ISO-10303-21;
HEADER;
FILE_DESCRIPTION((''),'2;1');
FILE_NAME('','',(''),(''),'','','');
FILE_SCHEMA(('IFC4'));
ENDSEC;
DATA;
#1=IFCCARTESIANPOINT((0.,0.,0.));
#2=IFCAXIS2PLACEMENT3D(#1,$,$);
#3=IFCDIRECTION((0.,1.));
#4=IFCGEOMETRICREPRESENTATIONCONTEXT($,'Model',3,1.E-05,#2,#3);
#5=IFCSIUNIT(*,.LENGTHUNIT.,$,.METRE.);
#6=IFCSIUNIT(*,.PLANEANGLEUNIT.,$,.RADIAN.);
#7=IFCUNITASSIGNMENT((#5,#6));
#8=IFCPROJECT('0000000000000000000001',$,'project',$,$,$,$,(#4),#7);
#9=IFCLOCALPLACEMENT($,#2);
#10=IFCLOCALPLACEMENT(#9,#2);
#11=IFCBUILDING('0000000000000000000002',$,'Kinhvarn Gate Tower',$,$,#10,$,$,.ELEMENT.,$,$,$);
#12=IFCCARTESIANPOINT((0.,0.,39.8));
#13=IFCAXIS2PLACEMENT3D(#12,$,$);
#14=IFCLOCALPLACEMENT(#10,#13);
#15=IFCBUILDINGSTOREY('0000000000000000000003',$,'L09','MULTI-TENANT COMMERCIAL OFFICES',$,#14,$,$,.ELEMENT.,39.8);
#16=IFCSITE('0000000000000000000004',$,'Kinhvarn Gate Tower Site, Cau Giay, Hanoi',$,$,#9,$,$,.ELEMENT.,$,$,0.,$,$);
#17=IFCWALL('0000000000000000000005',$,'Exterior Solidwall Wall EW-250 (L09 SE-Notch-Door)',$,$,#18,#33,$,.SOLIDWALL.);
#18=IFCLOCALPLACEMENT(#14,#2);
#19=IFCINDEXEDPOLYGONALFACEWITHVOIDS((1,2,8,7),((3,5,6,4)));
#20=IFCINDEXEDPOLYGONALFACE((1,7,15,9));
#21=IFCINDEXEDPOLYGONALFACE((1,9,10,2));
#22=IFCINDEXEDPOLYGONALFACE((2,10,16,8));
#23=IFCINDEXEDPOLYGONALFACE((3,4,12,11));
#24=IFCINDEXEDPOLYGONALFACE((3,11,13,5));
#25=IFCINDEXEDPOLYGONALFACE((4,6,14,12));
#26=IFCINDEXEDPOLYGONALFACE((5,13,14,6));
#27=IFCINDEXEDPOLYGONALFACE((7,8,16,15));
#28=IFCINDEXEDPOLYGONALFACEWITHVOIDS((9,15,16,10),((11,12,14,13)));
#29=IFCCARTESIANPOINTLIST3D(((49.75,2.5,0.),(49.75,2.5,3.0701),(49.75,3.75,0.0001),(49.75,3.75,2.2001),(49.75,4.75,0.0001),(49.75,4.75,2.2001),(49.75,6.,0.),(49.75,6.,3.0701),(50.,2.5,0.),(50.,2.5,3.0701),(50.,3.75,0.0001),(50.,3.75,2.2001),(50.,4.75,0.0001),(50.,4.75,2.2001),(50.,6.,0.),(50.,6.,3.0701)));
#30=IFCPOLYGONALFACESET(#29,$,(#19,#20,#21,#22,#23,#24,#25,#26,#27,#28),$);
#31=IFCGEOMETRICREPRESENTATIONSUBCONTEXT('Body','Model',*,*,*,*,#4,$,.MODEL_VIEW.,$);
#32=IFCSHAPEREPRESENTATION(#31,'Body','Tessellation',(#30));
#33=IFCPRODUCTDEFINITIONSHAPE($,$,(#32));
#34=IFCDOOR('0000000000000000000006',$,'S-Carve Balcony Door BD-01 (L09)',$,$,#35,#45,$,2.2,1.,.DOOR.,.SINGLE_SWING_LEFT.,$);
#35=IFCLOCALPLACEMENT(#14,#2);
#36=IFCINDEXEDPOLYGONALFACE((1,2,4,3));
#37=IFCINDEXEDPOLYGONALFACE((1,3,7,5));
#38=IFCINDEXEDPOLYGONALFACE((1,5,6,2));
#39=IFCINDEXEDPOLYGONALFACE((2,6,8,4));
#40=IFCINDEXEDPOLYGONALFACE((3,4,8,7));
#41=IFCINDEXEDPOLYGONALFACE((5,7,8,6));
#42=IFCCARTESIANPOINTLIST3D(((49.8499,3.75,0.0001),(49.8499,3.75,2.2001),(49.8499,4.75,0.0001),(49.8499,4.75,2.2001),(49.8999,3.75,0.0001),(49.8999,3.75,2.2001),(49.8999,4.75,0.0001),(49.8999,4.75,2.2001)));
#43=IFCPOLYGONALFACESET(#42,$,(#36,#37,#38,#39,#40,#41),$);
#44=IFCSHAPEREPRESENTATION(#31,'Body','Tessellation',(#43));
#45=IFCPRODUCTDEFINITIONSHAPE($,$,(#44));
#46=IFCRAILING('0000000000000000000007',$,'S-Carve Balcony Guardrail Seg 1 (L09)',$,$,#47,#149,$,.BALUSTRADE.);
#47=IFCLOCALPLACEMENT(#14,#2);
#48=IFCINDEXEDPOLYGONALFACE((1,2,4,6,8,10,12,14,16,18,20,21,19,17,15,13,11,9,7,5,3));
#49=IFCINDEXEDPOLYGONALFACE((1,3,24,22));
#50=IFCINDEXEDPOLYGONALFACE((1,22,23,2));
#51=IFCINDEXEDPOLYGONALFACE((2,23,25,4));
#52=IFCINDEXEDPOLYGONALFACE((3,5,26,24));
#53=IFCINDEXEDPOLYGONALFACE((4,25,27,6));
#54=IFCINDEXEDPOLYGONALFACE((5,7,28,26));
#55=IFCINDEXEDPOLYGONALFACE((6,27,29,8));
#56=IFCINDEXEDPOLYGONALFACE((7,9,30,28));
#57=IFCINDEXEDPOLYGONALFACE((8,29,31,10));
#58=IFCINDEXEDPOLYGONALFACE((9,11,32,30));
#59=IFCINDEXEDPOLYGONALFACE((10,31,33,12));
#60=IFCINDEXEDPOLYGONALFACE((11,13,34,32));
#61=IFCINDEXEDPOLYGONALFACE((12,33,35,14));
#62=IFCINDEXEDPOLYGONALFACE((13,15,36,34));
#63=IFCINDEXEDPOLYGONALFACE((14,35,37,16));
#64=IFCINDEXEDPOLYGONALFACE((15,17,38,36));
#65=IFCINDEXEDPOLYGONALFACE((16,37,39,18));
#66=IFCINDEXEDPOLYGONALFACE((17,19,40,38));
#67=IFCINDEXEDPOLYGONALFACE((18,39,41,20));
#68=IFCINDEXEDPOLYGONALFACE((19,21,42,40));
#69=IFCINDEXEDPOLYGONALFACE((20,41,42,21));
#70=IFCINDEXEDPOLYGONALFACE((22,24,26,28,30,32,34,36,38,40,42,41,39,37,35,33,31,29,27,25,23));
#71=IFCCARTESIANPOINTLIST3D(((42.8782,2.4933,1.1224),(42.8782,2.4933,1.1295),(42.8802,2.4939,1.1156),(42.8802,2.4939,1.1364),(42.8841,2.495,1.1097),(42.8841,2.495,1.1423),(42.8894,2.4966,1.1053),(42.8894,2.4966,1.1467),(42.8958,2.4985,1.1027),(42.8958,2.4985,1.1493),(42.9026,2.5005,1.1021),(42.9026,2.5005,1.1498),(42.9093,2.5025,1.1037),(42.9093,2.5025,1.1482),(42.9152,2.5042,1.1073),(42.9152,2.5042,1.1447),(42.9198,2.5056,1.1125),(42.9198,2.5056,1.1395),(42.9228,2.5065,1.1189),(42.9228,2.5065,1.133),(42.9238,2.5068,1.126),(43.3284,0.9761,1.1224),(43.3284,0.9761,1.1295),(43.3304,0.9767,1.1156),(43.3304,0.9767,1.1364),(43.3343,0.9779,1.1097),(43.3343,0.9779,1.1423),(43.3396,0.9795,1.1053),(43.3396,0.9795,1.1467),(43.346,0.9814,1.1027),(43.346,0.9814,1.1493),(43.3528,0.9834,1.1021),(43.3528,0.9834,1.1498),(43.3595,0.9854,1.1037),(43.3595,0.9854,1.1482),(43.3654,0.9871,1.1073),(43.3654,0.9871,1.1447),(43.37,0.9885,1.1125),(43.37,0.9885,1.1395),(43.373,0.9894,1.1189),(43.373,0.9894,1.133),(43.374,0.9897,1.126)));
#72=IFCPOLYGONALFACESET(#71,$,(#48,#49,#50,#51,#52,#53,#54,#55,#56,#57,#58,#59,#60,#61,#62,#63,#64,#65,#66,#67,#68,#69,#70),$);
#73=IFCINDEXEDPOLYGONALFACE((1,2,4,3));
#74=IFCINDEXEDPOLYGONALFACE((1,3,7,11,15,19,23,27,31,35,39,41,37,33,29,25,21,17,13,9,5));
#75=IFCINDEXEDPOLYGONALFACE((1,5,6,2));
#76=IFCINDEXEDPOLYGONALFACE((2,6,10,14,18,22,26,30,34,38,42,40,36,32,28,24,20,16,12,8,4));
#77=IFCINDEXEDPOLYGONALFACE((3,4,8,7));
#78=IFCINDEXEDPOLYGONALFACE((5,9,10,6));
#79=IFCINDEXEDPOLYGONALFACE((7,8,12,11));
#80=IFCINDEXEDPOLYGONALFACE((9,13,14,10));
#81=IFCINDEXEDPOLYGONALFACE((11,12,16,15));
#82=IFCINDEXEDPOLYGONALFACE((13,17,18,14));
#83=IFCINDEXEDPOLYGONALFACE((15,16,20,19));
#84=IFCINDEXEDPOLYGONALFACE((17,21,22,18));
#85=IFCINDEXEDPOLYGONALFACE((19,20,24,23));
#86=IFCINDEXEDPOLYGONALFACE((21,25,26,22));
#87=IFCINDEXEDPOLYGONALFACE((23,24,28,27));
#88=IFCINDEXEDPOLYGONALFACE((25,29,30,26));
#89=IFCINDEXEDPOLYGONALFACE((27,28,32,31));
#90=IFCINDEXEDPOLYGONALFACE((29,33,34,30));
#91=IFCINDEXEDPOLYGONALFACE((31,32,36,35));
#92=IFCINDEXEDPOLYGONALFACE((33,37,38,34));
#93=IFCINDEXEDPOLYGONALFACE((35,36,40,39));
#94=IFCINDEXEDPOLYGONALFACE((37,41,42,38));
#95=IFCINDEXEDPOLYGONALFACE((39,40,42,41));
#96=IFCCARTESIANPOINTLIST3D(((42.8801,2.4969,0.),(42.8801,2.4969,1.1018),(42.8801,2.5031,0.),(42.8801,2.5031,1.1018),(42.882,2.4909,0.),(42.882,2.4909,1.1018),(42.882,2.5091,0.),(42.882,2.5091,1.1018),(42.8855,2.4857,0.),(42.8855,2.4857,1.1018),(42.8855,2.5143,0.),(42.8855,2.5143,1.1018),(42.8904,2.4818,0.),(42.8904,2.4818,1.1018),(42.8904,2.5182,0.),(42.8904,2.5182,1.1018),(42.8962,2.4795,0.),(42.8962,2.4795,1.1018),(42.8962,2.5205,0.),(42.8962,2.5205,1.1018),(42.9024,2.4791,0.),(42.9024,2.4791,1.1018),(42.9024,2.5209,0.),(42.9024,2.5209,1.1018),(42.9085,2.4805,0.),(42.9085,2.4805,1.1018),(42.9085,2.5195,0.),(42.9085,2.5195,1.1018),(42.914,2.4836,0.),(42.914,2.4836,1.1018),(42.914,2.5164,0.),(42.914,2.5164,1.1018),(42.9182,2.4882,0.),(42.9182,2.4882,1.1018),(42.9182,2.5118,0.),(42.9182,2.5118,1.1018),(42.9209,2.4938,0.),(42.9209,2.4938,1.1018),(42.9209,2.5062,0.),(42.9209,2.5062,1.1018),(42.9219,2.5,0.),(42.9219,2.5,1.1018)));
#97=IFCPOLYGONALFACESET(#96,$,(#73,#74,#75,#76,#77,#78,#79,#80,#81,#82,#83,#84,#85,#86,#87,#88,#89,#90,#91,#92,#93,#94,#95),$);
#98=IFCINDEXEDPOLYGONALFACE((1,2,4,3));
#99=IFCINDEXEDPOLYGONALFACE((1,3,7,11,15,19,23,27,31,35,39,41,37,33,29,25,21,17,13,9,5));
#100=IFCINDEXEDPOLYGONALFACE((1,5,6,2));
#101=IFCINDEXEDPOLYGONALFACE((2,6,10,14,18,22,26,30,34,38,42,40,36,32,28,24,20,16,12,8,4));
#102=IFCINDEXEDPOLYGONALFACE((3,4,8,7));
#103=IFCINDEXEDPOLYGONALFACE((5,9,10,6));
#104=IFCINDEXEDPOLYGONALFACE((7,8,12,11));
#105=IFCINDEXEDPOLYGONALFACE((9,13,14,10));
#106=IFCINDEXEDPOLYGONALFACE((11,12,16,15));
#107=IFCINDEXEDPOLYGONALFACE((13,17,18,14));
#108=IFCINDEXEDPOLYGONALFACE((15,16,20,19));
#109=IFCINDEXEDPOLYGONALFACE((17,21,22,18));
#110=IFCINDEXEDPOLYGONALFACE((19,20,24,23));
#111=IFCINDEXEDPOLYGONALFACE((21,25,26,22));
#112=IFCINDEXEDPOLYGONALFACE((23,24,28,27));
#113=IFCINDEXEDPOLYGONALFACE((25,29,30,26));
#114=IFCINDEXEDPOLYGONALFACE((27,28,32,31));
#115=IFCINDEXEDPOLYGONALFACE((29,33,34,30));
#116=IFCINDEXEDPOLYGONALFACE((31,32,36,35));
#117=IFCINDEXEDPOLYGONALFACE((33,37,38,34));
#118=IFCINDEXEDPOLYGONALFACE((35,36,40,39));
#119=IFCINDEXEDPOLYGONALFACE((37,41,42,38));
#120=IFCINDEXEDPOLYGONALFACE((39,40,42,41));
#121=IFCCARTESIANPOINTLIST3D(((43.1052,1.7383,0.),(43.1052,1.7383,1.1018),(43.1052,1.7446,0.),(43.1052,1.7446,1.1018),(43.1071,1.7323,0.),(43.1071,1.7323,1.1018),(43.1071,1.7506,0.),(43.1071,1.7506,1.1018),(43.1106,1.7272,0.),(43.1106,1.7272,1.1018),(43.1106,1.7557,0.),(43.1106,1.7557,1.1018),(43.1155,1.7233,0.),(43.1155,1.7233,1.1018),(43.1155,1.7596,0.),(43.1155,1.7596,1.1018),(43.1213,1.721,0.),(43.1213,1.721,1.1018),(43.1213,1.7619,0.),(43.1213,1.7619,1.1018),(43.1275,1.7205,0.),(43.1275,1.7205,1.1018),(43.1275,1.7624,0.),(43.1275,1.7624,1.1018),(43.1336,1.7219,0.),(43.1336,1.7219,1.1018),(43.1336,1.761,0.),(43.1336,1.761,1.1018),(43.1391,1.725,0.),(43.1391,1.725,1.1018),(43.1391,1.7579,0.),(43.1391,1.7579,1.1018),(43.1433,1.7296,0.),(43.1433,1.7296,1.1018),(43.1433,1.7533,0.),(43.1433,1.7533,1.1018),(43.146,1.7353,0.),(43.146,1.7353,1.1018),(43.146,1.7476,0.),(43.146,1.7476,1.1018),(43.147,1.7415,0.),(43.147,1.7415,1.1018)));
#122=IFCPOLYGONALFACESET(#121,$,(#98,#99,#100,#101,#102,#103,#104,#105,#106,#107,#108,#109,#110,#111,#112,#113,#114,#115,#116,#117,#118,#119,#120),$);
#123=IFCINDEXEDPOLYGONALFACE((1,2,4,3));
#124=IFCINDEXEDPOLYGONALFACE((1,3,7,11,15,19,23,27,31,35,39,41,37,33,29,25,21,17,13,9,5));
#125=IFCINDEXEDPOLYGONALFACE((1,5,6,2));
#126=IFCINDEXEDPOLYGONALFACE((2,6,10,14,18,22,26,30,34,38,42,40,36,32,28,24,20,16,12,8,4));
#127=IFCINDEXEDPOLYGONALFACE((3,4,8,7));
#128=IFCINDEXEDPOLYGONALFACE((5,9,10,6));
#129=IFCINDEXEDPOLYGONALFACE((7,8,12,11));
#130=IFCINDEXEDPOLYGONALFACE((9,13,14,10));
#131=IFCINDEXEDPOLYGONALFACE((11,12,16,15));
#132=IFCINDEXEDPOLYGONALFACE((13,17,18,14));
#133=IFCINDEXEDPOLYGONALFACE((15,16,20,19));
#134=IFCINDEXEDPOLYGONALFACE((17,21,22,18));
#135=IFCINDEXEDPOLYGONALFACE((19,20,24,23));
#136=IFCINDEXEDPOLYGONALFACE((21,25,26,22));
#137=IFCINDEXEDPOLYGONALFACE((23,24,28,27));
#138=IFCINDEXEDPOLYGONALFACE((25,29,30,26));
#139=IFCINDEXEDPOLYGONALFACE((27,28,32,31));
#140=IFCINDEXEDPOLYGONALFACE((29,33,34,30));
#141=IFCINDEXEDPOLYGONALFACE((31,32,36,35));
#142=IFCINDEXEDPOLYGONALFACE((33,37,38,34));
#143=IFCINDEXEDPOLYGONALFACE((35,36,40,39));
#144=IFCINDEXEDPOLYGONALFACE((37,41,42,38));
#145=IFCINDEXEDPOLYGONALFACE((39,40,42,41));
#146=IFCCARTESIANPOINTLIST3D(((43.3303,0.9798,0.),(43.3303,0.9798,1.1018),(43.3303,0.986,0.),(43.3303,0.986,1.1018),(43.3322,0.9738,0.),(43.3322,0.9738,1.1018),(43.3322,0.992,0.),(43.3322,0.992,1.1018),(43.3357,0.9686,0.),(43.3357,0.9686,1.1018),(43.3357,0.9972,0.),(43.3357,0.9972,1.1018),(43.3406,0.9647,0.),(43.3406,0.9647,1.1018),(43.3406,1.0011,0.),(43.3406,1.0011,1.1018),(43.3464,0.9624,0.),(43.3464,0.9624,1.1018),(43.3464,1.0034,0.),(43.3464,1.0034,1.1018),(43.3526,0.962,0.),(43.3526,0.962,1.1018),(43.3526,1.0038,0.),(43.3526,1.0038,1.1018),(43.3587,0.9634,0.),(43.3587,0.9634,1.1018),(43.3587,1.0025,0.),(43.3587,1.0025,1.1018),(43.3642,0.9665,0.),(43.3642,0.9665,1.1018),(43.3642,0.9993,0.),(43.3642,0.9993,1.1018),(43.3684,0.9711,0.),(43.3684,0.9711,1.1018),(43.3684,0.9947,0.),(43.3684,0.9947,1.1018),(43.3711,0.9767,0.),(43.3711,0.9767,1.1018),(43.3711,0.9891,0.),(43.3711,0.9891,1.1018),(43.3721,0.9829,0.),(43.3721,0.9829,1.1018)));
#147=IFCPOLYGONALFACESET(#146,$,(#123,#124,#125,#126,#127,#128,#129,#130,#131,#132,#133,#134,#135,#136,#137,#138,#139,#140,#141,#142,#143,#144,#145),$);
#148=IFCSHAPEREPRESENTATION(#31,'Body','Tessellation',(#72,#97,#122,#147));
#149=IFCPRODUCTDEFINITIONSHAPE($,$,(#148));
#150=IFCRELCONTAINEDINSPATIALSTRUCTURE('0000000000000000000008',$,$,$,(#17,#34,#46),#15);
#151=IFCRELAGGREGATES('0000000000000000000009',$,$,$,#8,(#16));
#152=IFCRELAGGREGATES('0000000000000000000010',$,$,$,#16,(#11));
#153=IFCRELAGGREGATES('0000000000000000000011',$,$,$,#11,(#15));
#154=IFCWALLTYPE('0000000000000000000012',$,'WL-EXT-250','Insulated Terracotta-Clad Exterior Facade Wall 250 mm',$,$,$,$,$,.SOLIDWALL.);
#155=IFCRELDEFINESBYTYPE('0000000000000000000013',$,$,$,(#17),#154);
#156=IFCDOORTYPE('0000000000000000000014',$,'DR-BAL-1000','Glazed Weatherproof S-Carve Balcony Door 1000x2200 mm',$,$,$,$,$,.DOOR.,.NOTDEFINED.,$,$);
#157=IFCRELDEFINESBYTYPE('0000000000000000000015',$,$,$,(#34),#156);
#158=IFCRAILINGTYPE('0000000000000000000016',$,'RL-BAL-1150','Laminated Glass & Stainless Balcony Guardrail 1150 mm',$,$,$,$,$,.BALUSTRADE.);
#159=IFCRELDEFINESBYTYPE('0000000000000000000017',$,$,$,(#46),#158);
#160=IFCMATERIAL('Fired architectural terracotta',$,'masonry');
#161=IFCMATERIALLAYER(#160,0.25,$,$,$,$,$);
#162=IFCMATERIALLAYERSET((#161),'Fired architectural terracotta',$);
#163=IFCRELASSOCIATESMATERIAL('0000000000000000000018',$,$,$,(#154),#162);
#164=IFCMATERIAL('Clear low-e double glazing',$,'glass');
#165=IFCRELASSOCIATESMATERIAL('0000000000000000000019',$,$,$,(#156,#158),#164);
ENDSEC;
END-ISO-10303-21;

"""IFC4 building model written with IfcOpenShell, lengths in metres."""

from ifc_helpers import new_model, si_unit, direction, frame, frame_2d, origin, origin_2d, place, context, subcontext, project, spatial, rectangle, circle, extrude, material, layer, layer_set, type_object, element, fill, save


model = new_model("IFC4")

# Units and contexts
model_context = context("Model", 3, precision=1e-05, world=origin(), true_north=direction((0.0, 1.0)))
body_context = subcontext(model_context, "Body", "Model", "MODEL_VIEW")
ifc_project = project(units=[si_unit("LENGTHUNIT", "METRE"), si_unit("PLANEANGLEUNIT", "RADIAN")], contexts=[model_context])

# Site, building, storey
site_placement = place(None, origin())
site = spatial("IfcSite", under=ifc_project, at=site_placement, Name="Kinhvarn Gate Tower Site, Cau Giay, Hanoi", CompositionType="ELEMENT", RefElevation=0.0)
building_placement = place(site_placement, origin())
building = spatial("IfcBuilding", under=site, at=building_placement, Name="Kinhvarn Gate Tower", CompositionType="ELEMENT")
storey_placement = place(building_placement, frame((0.0, 0.0, 39.8)))
storey = spatial("IfcBuildingStorey", under=building, at=storey_placement, Name="L09", Description="MULTI-TENANT COMMERCIAL OFFICES", CompositionType="ELEMENT", Elevation=39.8)

# Shared definitions
ifc_material_1 = material(Name="Clear low-e double glazing", Category="glass")

# Wall, opening, door
ifc_material_2 = material(Name="Fired architectural terracotta", Category="masonry")
ifc_layer_1 = layer(ifc_material_2, 0.25)
ifc_layer_set_1 = layer_set([ifc_layer_1], Name="Fired architectural terracotta")
wall_type = type_object("IfcWallType", Name="WL-EXT-250", Description="Insulated Terracotta-Clad Exterior Facade Wall 250 mm", PredefinedType="SOLIDWALL", material=ifc_layer_set_1)
wall_placement = place(storey_placement, frame((49.875, 2.5, 0.0), z_axis=(0.0, 0.0, 1.0), x_axis=(0.0, 1.0, 0.0)))
wall = element("IfcWall", 1, at=wall_placement, inside=storey, type_object=wall_type, Name="Exterior Solidwall Wall EW-250 (L09 SE-Notch-Door)", PredefinedType="SOLIDWALL", context=body_context, shape_type="SweptSolid", body=[
    extrude(rectangle(XDim=3.5, YDim=0.25, at=frame_2d((1.75, 0.0))), origin(), (0.0, 0.0, 1.0), 3.0701),
])
opening_placement = place(wall_placement, frame((1.25, 0.0, 0.0)))
opening = element("IfcOpeningElement", 2, at=opening_placement, cuts=wall, PredefinedType="OPENING", context=body_context, shape_type="SweptSolid", body=[
    extrude(rectangle(XDim=1.0, YDim=2.2, at=frame_2d((0.5, 1.1001))), frame((0.0, 0.135, 0.0), z_axis=(0.0, -1.0, 0.0), x_axis=(1.0, 0.0, 0.0)), (0.0, 0.0, 1.0), 0.27),
])
door_type = type_object("IfcDoorType", Name="DR-BAL-1000", Description="Glazed Weatherproof S-Carve Balcony Door 1000x2200 mm", OperationType="NOTDEFINED", PredefinedType="DOOR", material=ifc_material_1)
door_placement = place(opening_placement, frame((1.0, 0.0, 0.0), z_axis=(0.0, 0.0, 1.0), x_axis=(-1.0, 0.0, 0.0)))
door = element("IfcDoor", 3, at=door_placement, inside=storey, type_object=door_type, Name="S-Carve Balcony Door BD-01 (L09)", OperationType="SINGLE_SWING_LEFT", OverallHeight=2.2, OverallWidth=1.0, PredefinedType="DOOR", context=body_context, shape_type="SweptSolid", body=[
    extrude(rectangle(XDim=1.0, YDim=2.2, at=frame_2d((0.5, 1.1001))), frame((0.0, 0.0249, 0.0), z_axis=(0.0, -1.0, 0.0), x_axis=(1.0, 0.0, 0.0)), (0.0, 0.0, 1.0), 0.05),
])
fill(opening, door)

# Railing
railing_type = type_object("IfcRailingType", Name="RL-BAL-1150", Description="Laminated Glass & Stainless Balcony Guardrail 1150 mm", PredefinedType="BALUSTRADE", material=ifc_material_1)
railing_1_placement = place(storey_placement, frame((42.9009, 2.5, 0.0)))
element("IfcRailing", 4, at=railing_1_placement, inside=storey, type_object=railing_type, Name="S-Carve Balcony Guardrail Seg 1 (L09)", PredefinedType="BALUSTRADE", context=body_context, shape_type="SweptSolid", body=[
    extrude(circle(Radius=0.0239, at=origin_2d()), frame((0.0, 0.0, 1.126), z_axis=(0.284488, -0.95868, 0.0), x_axis=(0.95868, 0.284488, 0.0)), (0.0, 0.0, 1.0), 1.5825),
    extrude(circle(Radius=0.021, at=origin_2d()), origin(), (0.0, 0.0, 1.0), 1.1018),
    extrude(circle(Radius=0.021, at=origin_2d()), frame((0.2251, -0.7585, 0.0)), (0.0, 0.0, 1.0), 1.1018),
    extrude(circle(Radius=0.021, at=origin_2d()), frame((0.4502, -1.5171, 0.0)), (0.0, 0.0, 1.0), 1.1018),
])

save(model, "model.ifc")
